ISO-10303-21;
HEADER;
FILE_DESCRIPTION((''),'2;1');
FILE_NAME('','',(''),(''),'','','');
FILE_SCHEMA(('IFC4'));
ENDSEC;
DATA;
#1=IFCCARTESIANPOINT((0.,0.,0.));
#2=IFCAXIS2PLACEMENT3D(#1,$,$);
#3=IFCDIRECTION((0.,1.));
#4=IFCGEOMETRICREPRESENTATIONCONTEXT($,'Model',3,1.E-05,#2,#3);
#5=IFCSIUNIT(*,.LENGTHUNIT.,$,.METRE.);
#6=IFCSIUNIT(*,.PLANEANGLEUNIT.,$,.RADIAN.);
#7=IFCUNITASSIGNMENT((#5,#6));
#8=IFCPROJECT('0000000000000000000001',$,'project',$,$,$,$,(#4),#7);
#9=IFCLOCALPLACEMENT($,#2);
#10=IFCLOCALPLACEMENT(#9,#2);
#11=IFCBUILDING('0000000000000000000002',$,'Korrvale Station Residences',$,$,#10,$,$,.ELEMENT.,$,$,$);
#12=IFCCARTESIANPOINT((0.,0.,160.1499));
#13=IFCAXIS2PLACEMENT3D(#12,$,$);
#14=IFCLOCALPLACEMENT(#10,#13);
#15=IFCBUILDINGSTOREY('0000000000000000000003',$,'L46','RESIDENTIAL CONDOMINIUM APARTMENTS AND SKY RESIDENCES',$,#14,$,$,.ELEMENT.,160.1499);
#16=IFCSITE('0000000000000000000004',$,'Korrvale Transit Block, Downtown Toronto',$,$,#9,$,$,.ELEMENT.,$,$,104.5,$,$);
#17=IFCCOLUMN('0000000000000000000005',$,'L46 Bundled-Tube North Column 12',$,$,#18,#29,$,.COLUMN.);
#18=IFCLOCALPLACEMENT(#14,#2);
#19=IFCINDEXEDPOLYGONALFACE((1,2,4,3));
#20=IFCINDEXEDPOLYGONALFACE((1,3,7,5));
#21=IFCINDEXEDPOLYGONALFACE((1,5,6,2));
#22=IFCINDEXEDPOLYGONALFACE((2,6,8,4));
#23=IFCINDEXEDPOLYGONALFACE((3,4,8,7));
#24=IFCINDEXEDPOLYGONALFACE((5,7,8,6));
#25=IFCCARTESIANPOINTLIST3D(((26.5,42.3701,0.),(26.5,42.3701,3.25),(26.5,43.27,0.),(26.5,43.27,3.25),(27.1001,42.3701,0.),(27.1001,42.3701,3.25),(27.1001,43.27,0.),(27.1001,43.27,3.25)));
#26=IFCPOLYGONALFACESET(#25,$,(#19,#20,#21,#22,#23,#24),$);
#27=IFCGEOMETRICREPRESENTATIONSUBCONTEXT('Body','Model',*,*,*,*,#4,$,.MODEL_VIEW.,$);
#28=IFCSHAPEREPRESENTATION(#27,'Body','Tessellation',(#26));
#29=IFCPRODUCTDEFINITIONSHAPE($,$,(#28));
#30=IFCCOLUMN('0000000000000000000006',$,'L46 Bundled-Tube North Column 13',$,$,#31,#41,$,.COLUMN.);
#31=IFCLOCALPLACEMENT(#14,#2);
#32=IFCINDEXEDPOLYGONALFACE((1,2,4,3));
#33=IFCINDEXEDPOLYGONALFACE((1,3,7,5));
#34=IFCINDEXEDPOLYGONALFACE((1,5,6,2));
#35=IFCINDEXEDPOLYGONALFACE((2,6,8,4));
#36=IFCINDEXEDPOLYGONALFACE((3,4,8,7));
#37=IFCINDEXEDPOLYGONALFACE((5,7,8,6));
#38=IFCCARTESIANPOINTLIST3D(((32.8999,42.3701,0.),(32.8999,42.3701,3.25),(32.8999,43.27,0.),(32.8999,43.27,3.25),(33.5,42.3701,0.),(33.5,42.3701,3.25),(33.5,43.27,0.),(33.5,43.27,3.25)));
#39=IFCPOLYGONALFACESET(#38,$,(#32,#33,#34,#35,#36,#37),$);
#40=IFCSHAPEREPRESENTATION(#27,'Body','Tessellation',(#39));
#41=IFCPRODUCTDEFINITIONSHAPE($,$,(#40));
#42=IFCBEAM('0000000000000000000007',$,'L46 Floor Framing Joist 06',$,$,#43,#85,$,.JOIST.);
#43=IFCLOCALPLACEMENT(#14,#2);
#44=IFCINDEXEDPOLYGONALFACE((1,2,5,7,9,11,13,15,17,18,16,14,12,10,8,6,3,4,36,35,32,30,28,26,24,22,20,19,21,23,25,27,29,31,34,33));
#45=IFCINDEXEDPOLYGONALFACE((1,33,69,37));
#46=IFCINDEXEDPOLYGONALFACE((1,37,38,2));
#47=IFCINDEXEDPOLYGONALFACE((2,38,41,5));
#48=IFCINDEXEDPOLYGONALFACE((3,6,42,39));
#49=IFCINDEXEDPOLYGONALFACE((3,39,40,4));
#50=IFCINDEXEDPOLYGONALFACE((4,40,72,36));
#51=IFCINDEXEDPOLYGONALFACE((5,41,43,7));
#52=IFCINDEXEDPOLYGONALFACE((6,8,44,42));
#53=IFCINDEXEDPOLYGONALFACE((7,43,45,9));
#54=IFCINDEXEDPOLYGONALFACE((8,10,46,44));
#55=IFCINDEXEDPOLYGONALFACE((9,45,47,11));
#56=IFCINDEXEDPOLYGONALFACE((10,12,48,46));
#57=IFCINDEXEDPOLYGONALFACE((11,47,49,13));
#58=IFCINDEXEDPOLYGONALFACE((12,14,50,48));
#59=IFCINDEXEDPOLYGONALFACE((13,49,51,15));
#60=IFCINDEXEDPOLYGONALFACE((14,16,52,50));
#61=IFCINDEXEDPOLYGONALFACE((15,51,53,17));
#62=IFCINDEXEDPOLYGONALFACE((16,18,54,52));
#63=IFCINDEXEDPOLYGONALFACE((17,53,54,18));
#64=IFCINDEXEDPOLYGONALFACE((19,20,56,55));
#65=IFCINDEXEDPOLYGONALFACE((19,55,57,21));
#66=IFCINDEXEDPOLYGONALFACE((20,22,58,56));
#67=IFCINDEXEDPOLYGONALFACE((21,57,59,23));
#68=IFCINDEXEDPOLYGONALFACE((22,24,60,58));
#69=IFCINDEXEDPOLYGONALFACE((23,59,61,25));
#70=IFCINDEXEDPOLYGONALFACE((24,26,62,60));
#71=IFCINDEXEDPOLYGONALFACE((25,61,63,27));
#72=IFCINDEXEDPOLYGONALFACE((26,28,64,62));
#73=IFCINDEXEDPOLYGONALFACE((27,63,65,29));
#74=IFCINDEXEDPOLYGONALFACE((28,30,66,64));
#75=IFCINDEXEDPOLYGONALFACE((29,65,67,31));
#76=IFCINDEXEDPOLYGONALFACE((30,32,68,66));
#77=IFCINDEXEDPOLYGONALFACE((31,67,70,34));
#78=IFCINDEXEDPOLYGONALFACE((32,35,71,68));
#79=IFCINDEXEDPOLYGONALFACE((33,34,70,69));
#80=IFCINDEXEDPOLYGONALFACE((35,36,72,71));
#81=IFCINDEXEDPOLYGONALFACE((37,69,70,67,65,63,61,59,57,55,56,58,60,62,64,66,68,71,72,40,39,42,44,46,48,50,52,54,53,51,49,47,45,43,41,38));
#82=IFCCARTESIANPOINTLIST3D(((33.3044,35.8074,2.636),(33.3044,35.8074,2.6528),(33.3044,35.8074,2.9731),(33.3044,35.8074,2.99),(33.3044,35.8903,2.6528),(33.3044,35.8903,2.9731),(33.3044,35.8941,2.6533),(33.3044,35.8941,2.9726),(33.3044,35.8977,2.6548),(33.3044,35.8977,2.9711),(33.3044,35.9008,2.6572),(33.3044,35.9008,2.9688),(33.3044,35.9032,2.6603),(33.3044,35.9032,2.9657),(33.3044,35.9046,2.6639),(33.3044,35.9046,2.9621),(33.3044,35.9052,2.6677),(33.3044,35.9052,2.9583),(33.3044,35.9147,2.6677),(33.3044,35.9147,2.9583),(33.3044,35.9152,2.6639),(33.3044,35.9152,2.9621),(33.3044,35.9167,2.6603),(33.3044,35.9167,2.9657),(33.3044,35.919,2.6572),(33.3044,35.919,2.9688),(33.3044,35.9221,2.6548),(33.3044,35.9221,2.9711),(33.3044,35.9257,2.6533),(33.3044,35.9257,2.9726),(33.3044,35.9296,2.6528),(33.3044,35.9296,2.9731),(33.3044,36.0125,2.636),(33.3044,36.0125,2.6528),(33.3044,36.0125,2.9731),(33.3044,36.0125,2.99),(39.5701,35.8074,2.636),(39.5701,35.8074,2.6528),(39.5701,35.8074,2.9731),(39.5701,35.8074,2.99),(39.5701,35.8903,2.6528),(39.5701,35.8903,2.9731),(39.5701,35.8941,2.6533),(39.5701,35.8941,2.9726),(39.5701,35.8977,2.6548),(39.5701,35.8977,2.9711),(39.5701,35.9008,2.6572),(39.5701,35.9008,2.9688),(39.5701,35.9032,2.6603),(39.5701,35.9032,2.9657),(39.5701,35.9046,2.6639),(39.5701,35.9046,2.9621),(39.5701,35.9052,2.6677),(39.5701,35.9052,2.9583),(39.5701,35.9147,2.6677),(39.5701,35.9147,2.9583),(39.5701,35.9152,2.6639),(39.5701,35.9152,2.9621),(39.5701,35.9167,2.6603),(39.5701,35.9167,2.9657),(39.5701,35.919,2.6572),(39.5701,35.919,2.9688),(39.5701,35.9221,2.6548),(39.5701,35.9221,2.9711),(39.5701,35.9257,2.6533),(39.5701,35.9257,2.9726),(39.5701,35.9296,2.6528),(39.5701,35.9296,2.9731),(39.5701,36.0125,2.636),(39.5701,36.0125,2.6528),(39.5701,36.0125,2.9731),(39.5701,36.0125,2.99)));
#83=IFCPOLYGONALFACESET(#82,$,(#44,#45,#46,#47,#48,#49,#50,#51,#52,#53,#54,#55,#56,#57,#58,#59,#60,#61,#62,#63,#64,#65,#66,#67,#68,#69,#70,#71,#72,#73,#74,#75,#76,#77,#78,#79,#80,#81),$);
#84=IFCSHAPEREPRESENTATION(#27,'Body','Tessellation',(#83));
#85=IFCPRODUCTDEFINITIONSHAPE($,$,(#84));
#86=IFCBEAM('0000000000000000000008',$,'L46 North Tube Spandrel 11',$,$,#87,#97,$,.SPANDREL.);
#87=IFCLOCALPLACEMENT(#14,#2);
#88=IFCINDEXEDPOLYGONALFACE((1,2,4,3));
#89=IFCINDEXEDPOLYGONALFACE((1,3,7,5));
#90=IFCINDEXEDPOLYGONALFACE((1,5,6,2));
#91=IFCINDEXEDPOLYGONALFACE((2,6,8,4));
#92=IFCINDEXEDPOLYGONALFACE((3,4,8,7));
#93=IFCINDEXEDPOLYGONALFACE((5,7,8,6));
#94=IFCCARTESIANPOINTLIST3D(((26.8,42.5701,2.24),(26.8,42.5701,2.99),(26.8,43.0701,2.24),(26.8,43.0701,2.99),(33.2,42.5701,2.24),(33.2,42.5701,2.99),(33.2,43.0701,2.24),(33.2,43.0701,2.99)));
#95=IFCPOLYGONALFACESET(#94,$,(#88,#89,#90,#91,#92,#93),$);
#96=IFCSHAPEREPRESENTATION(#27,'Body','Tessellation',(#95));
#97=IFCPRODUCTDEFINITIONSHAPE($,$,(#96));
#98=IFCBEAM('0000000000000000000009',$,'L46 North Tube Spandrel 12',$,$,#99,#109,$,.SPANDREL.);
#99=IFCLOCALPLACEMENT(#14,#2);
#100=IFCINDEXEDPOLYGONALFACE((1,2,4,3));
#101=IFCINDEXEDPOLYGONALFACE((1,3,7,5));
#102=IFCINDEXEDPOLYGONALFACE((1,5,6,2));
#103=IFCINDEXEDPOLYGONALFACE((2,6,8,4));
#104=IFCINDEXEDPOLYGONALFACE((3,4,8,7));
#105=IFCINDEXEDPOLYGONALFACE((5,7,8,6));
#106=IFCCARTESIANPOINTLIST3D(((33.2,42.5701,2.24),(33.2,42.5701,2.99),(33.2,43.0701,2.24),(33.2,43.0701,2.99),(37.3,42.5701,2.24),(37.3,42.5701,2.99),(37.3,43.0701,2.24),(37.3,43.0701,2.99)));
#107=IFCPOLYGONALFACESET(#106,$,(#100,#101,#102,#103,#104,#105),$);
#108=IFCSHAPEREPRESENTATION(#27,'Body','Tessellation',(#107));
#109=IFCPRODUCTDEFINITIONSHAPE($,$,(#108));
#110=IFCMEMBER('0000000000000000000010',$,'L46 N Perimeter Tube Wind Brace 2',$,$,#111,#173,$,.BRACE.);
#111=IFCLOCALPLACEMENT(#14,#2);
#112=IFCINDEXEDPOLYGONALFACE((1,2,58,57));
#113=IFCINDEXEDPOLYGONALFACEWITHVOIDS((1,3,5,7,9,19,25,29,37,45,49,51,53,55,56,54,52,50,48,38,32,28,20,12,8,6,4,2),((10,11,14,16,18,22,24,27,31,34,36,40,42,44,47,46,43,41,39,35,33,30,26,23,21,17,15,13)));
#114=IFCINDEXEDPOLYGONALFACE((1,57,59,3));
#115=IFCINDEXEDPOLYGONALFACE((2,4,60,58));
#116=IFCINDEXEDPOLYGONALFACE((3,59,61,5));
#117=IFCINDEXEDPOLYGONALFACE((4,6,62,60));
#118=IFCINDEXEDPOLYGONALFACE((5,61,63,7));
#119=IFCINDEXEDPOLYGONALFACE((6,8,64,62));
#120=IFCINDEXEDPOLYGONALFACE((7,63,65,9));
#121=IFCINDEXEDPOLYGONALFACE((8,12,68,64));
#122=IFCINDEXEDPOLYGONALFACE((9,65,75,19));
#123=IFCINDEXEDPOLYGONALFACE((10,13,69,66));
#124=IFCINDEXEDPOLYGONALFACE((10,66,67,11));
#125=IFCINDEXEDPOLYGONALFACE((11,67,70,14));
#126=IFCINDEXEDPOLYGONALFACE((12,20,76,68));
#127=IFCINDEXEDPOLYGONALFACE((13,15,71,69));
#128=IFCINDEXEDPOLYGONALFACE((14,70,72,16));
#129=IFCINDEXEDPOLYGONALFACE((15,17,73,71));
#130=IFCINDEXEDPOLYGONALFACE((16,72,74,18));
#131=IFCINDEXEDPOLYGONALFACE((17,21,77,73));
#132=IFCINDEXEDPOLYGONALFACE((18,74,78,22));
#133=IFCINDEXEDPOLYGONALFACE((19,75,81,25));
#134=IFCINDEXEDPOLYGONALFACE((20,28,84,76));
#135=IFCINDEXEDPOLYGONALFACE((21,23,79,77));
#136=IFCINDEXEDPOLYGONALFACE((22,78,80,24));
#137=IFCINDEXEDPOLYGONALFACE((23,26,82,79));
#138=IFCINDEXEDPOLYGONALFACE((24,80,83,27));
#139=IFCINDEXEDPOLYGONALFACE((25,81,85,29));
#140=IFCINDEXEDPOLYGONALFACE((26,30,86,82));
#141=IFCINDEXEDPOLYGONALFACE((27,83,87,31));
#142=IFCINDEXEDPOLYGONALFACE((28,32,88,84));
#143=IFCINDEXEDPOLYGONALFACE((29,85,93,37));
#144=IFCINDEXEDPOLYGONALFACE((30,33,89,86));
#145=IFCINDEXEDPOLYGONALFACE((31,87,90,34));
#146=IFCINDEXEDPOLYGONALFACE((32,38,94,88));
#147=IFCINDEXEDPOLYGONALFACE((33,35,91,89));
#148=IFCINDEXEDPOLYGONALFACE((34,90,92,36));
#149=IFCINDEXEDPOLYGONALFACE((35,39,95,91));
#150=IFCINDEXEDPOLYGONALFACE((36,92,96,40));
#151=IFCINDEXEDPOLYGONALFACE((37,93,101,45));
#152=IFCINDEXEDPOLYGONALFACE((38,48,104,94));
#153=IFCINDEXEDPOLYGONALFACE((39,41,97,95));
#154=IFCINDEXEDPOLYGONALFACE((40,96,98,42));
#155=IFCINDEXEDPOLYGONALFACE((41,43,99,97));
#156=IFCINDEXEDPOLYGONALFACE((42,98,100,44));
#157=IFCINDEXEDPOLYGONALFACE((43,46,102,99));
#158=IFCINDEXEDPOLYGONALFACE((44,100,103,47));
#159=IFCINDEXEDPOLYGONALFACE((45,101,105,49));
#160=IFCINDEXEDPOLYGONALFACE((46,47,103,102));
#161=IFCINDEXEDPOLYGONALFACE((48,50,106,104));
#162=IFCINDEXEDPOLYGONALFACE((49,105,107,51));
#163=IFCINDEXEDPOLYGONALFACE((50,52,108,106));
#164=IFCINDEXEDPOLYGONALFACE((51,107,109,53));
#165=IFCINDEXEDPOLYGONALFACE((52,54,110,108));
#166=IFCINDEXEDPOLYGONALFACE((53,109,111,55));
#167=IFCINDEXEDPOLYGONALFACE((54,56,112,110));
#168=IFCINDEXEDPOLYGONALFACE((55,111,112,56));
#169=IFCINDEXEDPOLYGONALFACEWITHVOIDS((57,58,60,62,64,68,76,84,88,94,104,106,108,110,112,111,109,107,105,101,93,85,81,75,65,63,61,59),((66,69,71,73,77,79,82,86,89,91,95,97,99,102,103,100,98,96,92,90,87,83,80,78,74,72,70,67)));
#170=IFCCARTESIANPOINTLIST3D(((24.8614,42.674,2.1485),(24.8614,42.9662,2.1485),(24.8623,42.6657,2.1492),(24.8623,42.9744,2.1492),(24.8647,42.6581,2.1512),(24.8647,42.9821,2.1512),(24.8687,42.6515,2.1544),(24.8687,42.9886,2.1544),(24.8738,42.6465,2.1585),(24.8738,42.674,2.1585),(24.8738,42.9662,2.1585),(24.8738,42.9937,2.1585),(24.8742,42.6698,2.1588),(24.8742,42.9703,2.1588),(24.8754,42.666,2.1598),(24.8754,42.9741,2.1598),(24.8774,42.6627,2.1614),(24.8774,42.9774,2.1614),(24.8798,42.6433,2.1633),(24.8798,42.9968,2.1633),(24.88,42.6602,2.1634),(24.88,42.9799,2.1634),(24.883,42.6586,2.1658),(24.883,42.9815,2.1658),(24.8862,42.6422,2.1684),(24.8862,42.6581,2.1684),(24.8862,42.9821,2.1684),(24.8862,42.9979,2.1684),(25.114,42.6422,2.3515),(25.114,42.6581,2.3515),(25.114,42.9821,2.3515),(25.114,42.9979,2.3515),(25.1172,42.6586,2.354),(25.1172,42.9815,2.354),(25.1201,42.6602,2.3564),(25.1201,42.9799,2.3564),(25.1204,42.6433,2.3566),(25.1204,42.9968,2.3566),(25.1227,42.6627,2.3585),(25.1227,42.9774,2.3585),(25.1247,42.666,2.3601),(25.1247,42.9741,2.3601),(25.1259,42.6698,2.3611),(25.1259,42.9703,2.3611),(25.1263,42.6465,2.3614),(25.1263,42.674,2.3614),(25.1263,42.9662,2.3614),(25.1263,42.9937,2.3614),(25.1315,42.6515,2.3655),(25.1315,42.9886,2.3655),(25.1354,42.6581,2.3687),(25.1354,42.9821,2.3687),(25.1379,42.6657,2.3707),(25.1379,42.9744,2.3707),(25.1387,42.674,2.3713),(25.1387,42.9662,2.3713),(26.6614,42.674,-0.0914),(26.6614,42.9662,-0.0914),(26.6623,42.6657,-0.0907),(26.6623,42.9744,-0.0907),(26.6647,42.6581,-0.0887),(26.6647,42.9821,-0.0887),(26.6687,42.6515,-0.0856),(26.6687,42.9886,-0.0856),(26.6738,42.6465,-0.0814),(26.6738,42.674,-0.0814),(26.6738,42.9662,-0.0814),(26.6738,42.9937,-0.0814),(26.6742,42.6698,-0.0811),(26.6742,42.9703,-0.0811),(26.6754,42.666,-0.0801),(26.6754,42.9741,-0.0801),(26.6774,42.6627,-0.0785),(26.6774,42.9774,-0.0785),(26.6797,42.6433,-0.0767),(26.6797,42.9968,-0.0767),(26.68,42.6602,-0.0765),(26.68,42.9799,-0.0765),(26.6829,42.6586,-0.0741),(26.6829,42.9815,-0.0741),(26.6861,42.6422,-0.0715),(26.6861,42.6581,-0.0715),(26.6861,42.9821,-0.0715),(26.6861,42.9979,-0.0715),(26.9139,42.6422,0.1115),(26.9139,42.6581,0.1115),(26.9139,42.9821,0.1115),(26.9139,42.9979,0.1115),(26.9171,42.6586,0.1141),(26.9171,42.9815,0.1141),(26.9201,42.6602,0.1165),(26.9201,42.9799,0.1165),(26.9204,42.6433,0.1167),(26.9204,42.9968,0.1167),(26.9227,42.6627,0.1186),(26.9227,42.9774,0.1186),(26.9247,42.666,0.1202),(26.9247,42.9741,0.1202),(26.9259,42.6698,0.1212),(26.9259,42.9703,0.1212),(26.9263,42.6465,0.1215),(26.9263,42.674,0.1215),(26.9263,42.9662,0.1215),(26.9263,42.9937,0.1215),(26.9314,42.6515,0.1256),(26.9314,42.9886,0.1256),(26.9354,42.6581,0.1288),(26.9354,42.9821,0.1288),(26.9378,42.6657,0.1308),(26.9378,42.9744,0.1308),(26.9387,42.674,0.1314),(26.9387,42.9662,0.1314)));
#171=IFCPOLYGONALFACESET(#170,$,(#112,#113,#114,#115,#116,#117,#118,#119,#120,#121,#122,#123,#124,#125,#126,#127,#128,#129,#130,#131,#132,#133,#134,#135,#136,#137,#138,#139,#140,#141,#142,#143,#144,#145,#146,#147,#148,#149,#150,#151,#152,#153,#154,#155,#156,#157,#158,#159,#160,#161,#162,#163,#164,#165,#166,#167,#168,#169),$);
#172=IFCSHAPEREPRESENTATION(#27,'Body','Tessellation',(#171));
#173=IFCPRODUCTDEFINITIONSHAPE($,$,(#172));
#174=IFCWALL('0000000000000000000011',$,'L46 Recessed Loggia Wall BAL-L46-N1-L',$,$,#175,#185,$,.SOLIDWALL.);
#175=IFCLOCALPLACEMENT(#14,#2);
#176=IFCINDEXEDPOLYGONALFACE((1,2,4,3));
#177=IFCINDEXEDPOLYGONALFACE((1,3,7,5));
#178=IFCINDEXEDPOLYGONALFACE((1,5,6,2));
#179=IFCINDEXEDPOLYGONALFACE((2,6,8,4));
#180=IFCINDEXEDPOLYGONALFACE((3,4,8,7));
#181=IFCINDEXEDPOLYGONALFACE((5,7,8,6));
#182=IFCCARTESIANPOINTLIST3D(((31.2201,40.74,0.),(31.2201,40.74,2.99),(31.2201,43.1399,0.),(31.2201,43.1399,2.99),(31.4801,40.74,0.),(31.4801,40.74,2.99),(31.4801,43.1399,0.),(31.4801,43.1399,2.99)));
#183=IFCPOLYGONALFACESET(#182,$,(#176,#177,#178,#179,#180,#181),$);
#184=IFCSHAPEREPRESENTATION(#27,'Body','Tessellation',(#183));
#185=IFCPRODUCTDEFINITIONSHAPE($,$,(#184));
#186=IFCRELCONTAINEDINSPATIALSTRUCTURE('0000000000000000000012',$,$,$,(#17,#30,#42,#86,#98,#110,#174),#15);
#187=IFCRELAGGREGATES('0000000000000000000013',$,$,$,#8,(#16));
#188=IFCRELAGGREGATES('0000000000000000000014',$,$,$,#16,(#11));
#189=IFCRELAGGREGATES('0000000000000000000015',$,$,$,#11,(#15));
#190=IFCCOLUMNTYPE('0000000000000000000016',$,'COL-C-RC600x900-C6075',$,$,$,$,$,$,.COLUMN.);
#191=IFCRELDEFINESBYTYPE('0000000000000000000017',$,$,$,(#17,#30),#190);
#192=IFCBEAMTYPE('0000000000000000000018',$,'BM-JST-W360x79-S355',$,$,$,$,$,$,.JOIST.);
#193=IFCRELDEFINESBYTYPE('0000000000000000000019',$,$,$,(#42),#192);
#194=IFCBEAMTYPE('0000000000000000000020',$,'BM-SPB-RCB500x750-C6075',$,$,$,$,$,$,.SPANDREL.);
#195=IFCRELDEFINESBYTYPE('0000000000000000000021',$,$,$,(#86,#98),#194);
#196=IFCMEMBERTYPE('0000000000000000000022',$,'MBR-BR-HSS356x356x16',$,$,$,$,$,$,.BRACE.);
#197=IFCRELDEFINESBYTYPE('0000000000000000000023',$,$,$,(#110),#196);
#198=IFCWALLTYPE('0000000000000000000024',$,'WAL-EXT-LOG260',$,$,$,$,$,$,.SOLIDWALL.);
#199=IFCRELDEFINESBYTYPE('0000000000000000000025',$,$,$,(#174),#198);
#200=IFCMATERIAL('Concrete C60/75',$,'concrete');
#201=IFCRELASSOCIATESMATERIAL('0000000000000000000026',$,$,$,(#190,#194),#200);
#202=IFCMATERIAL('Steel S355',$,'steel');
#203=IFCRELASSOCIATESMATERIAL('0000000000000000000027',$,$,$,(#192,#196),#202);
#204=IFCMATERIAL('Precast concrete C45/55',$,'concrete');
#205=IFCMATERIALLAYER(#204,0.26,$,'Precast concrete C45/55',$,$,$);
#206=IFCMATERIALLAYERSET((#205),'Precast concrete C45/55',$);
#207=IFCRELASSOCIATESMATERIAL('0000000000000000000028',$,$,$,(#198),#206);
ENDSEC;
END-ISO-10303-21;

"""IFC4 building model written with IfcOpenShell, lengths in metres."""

from ifc_helpers import new_model, si_unit, direction, frame, frame_2d, origin, origin_2d, place, context, subcontext, project, spatial, rectangle, hollow_rectangle, i_section, extrude, material, layer, layer_set, material_profile, profile_set, type_object, element, save


model = new_model("IFC4")

# Units and contexts
model_context = context("Model", 3, precision=1e-05, world=origin(), true_north=direction((0.0, 1.0)))
body_context = subcontext(model_context, "Body", "Model", "MODEL_VIEW")
ifc_project = project(units=[si_unit("LENGTHUNIT", "METRE"), si_unit("PLANEANGLEUNIT", "RADIAN")], contexts=[model_context])

# Site, building, storey
site_placement = place(None, origin())
site = spatial("IfcSite", under=ifc_project, at=site_placement, Name="Korrvale Transit Block, Downtown Toronto", CompositionType="ELEMENT", RefElevation=104.5)
building_placement = place(site_placement, origin())
building = spatial("IfcBuilding", under=site, at=building_placement, Name="Korrvale Station Residences", CompositionType="ELEMENT")
storey_placement = place(building_placement, frame((0.0, 0.0, 160.1499)))
storey = spatial("IfcBuildingStorey", under=building, at=storey_placement, Name="L46", Description="RESIDENTIAL CONDOMINIUM APARTMENTS AND SKY RESIDENCES", CompositionType="ELEMENT", Elevation=160.1499)

# Columns
ifc_material_1 = material(Name="Concrete C60/75", Category="concrete")
ifc_material_profile_1 = material_profile(ifc_material_1, rectangle(XDim=0.6001, YDim=0.8999, at=origin_2d()), Name="RC600x900")
ifc_profile_set_1 = profile_set([ifc_material_profile_1], Name="Concrete C60/75")
column_type = type_object("IfcColumnType", Name="COL-C-RC600x900-C6075", PredefinedType="COLUMN", material=ifc_profile_set_1)
for number, where, z_axis, x_axis, name in (
    (1, (26.8, 42.8201, 0.0), (0.0, 0.0, 1.0), (1.0, 0.0, 0.0), "L46 Bundled-Tube North Column 12"),
    (2, (33.2, 42.8201, 0.0), (0.0, 0.0, 1.0), (1.0, 0.0, 0.0), "L46 Bundled-Tube North Column 13"),
):
    element("IfcColumn", number, at=place(storey_placement, frame(where, z_axis=z_axis, x_axis=x_axis)), inside=storey, type_object=column_type, Name=name, PredefinedType="COLUMN", context=body_context, shape_type="SweptSolid", body=[
        extrude(rectangle(XDim=0.6001, YDim=0.8999, at=origin_2d()), origin(), (0.0, 0.0, 1.0), 3.25),
    ])

# Beams
ifc_material_2 = material(Name="Steel S355", Category="steel")
ifc_material_profile_2 = material_profile(ifc_material_2, i_section(OverallWidth=0.2051, OverallDepth=0.354, WebThickness=0.0095, FlangeThickness=0.0168, FilletRadius=0.0149, at=origin_2d()), Name="W360x79")
ifc_profile_set_2 = profile_set([ifc_material_profile_2], Name="Steel S355")
beam_type_1 = type_object("IfcBeamType", Name="BM-JST-W360x79-S355", PredefinedType="JOIST", material=ifc_profile_set_2)
beam_1_placement = place(storey_placement, frame((33.3044, 35.9099, 2.813), z_axis=(1.0, 0.0, 0.0), x_axis=(0.0, 1.0, 0.0)))
element("IfcBeam", 3, at=beam_1_placement, inside=storey, type_object=beam_type_1, Name="L46 Floor Framing Joist 06", PredefinedType="JOIST", context=body_context, shape_type="SweptSolid", body=[
    extrude(i_section(OverallWidth=0.2051, OverallDepth=0.354, WebThickness=0.0095, FlangeThickness=0.0168, FilletRadius=0.0149, at=origin_2d()), origin(), (0.0, 0.0, 1.0), 6.2656),
])
ifc_material_profile_3 = material_profile(ifc_material_1, rectangle(XDim=0.5, YDim=0.75, at=origin_2d()), Name="RCB500x750")
ifc_profile_set_3 = profile_set([ifc_material_profile_3], Name="Concrete C60/75")
beam_type_2 = type_object("IfcBeamType", Name="BM-SPB-RCB500x750-C6075", PredefinedType="SPANDREL", material=ifc_profile_set_3)
beam_2_placement = place(storey_placement, frame((26.8, 42.8201, 2.615), z_axis=(1.0, 0.0, 0.0), x_axis=(0.0, 1.0, 0.0)))
element("IfcBeam", 4, at=beam_2_placement, inside=storey, type_object=beam_type_2, Name="L46 North Tube Spandrel 11", PredefinedType="SPANDREL", context=body_context, shape_type="SweptSolid", body=[
    extrude(rectangle(XDim=0.5, YDim=0.75, at=origin_2d()), origin(), (0.0, 0.0, 1.0), 6.3999),
])
beam_3_placement = place(storey_placement, frame((33.2, 42.8201, 2.615), z_axis=(1.0, 0.0, 0.0), x_axis=(0.0, 1.0, 0.0)))
element("IfcBeam", 5, at=beam_3_placement, inside=storey, type_object=beam_type_2, Name="L46 North Tube Spandrel 12", PredefinedType="SPANDREL", context=body_context, shape_type="SweptSolid", body=[
    extrude(rectangle(XDim=0.5, YDim=0.75, at=origin_2d()), origin(), (0.0, 0.0, 1.0), 4.1001),
])

# Member
ifc_material_profile_4 = material_profile(ifc_material_2, hollow_rectangle(XDim=0.3557, YDim=0.3557, WallThickness=0.0159, InnerFilletRadius=0.0159, OuterFilletRadius=0.0317, at=origin_2d()), Name="HSS356x356x16")
ifc_profile_set_4 = profile_set([ifc_material_profile_4], Name="Steel S355")
member_type = type_object("IfcMemberType", Name="MBR-BR-HSS356x356x16", PredefinedType="BRACE", material=ifc_profile_set_4)
member_placement = place(storey_placement, frame((26.8, 42.8201, 0.02), z_axis=(-0.626403, 0.0, 0.779499), x_axis=(0.0, -1.0, 0.0)))
element("IfcMember", 6, at=member_placement, inside=storey, type_object=member_type, Name="L46 N Perimeter Tube Wind Brace 2", PredefinedType="BRACE", context=body_context, shape_type="SweptSolid", body=[
    extrude(hollow_rectangle(XDim=0.3557, YDim=0.3557, WallThickness=0.0159, InnerFilletRadius=0.0159, OuterFilletRadius=0.0317, at=origin_2d()), origin(), (0.0, 0.0, 1.0), 2.8735),
])

# Wall
ifc_material_3 = material(Name="Precast concrete C45/55", Category="concrete")
ifc_layer_1 = layer(ifc_material_3, 0.26, Name="Precast concrete C45/55")
ifc_layer_set_1 = layer_set([ifc_layer_1], Name="Precast concrete C45/55")
wall_type_1 = type_object("IfcWallType", Name="WAL-EXT-LOG260", PredefinedType="SOLIDWALL", material=ifc_layer_set_1)
wall_1_placement = place(storey_placement, frame((31.3501, 43.1399, 0.0), z_axis=(0.0, 0.0, 1.0), x_axis=(0.0, -1.0, 0.0)))
element("IfcWall", 7, at=wall_1_placement, inside=storey, type_object=wall_type_1, Name="L46 Recessed Loggia Wall BAL-L46-N1-L", PredefinedType="SOLIDWALL", context=body_context, shape_type="SweptSolid", body=[
    extrude(rectangle(XDim=2.3999, YDim=0.26, at=frame_2d((1.2, 0.0))), origin(), (0.0, 0.0, 1.0), 2.99),
])

save(model, "model.ifc")
